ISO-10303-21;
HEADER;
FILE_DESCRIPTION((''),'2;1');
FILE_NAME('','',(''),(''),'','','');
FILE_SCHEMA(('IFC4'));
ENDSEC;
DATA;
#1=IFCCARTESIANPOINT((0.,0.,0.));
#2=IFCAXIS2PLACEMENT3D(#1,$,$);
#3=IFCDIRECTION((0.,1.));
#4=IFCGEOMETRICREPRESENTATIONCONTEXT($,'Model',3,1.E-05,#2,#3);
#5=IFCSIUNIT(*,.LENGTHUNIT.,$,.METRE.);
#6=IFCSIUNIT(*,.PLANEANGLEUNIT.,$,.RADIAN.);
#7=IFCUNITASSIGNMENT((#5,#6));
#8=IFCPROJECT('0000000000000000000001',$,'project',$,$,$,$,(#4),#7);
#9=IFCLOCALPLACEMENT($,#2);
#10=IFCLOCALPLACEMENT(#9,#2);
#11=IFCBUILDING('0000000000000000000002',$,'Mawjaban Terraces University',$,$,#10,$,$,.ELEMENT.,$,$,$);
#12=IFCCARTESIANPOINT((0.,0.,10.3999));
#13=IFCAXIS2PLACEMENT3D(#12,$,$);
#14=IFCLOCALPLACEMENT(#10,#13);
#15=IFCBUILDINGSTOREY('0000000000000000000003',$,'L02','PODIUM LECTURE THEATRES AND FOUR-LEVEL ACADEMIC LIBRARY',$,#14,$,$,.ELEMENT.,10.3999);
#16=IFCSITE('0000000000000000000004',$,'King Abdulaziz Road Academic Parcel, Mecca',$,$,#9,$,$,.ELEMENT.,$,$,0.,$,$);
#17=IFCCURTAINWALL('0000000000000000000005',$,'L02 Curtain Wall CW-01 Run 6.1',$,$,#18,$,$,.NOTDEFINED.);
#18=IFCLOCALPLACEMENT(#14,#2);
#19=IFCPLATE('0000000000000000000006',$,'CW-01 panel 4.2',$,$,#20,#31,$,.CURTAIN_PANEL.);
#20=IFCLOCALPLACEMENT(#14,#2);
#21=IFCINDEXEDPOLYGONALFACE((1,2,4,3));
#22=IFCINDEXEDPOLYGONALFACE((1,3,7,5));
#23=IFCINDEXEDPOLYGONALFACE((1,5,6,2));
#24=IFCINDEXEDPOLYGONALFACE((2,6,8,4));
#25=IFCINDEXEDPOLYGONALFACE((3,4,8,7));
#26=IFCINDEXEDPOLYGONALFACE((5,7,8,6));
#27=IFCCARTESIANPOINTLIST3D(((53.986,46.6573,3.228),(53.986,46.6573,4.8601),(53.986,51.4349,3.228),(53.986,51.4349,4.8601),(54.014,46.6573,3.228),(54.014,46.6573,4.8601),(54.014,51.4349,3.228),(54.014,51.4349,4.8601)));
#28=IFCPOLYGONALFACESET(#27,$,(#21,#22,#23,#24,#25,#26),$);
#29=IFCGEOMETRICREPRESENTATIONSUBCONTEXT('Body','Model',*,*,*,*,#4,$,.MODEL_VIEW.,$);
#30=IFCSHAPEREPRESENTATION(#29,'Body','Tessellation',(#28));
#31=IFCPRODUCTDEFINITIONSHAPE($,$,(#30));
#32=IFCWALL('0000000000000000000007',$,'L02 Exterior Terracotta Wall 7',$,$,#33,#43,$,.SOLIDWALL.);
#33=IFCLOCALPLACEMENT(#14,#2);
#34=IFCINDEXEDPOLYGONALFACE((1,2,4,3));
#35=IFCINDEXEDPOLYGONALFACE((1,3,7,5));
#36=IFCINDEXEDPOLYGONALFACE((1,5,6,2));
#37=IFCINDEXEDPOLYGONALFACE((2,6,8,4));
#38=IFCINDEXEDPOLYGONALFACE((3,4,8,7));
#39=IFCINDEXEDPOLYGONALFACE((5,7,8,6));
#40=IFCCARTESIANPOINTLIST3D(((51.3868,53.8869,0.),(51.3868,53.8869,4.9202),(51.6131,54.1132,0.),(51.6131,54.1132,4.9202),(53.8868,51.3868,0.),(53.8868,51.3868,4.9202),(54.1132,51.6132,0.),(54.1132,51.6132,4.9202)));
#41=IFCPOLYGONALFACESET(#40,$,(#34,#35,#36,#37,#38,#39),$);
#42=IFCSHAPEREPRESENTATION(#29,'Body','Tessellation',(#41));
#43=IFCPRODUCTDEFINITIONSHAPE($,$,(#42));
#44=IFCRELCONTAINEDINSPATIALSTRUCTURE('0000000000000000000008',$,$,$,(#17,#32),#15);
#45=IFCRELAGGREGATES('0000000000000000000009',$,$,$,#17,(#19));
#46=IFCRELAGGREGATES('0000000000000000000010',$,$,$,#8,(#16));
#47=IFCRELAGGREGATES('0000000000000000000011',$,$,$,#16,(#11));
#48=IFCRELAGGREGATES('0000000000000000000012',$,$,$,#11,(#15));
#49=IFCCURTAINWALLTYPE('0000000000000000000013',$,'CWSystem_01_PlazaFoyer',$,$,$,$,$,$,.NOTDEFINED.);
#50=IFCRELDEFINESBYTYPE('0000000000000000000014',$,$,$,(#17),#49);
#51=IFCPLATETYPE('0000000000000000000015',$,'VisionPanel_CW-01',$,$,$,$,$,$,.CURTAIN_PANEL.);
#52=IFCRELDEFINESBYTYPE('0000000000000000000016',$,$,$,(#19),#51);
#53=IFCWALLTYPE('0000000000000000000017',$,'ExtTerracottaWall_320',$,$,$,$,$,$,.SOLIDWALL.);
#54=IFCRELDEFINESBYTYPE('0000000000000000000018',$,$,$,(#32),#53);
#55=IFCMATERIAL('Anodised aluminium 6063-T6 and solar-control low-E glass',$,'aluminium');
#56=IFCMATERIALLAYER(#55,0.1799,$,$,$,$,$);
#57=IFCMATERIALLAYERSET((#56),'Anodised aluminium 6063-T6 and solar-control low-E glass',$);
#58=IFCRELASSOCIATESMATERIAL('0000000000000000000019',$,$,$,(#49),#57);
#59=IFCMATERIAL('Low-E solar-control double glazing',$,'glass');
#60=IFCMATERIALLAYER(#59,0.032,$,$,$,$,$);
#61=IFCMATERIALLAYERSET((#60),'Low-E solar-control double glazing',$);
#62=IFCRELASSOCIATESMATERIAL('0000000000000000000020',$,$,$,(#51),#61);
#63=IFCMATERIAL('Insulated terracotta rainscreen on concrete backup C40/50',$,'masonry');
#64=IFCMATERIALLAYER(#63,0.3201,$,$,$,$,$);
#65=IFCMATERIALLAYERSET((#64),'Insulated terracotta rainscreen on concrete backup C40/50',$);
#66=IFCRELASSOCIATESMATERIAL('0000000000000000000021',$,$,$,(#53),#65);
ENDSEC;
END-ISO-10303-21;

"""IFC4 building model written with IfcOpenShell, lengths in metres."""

from ifc_helpers import new_model, si_unit, direction, frame, frame_2d, origin, origin_2d, place, context, subcontext, project, spatial, rectangle, extrude, material, layer, layer_set, type_object, element, aggregate, save


model = new_model("IFC4")

# Units and contexts
model_context = context("Model", 3, precision=1e-05, world=origin(), true_north=direction((0.0, 1.0)))
body_context = subcontext(model_context, "Body", "Model", "MODEL_VIEW")
ifc_project = project(units=[si_unit("LENGTHUNIT", "METRE"), si_unit("PLANEANGLEUNIT", "RADIAN")], contexts=[model_context])

# Site, building, storey
site_placement = place(None, origin())
site = spatial("IfcSite", under=ifc_project, at=site_placement, Name="King Abdulaziz Road Academic Parcel, Mecca", CompositionType="ELEMENT", RefElevation=0.0)
building_placement = place(site_placement, origin())
building = spatial("IfcBuilding", under=site, at=building_placement, Name="Mawjaban Terraces University", CompositionType="ELEMENT")
storey_placement = place(building_placement, frame((0.0, 0.0, 10.3999)))
storey = spatial("IfcBuildingStorey", under=building, at=storey_placement, Name="L02", Description="PODIUM LECTURE THEATRES AND FOUR-LEVEL ACADEMIC LIBRARY", CompositionType="ELEMENT", Elevation=10.3999)

# Curtain wall
ifc_material_1 = material(Name="Anodised aluminium 6063-T6 and solar-control low-E glass", Category="aluminium")
ifc_layer_1 = layer(ifc_material_1, 0.1799)
ifc_layer_set_1 = layer_set([ifc_layer_1], Name="Anodised aluminium 6063-T6 and solar-control low-E glass")
curtain_wall_type = type_object("IfcCurtainWallType", Name="CWSystem_01_PlazaFoyer", PredefinedType="NOTDEFINED", material=ifc_layer_set_1)
curtain_wall_1_placement = place(storey_placement, origin())
curtain_wall_1 = element("IfcCurtainWall", 1, at=curtain_wall_1_placement, inside=storey, type_object=curtain_wall_type, Name="L02 Curtain Wall CW-01 Run 6.1", PredefinedType="NOTDEFINED")

# Plate
ifc_material_2 = material(Name="Low-E solar-control double glazing", Category="glass")
ifc_layer_2 = layer(ifc_material_2, 0.032)
ifc_layer_set_2 = layer_set([ifc_layer_2], Name="Low-E solar-control double glazing")
plate_type = type_object("IfcPlateType", Name="VisionPanel_CW-01", PredefinedType="CURTAIN_PANEL", material=ifc_layer_set_2)
plate_1_placement = place(storey_placement, frame((54.0, 49.0461, 3.228), z_axis=(0.0, 0.0, 1.0), x_axis=(0.0, 1.0, 0.0)))
plate_1 = element("IfcPlate", 2, at=plate_1_placement, type_object=plate_type, Name="CW-01 panel 4.2", PredefinedType="CURTAIN_PANEL", context=body_context, shape_type="SweptSolid", body=[
    extrude(rectangle(XDim=4.7776, YDim=0.0281, at=origin_2d()), origin(), (0.0, 0.0, 1.0), 1.6321),
])
aggregate(curtain_wall_1, [plate_1])

# Wall
ifc_material_3 = material(Name="Insulated terracotta rainscreen on concrete backup C40/50", Category="masonry")
ifc_layer_3 = layer(ifc_material_3, 0.3201)
ifc_layer_set_3 = layer_set([ifc_layer_3], Name="Insulated terracotta rainscreen on concrete backup C40/50")
wall_type = type_object("IfcWallType", Name="ExtTerracottaWall_320", PredefinedType="SOLIDWALL", material=ifc_layer_set_3)
wall_placement = place(storey_placement, frame((54.0, 51.5, 0.0), z_axis=(0.0, 0.0, 1.0), x_axis=(-0.707107, 0.707107, 0.0)))
element("IfcWall", 3, at=wall_placement, inside=storey, type_object=wall_type, Name="L02 Exterior Terracotta Wall 7", PredefinedType="SOLIDWALL", context=body_context, shape_type="SweptSolid", body=[
    extrude(rectangle(XDim=3.5356, YDim=0.3201, at=frame_2d((1.7678, 0.0))), origin(), (0.0, 0.0, 1.0), 4.9202),
])

save(model, "model.ifc")
